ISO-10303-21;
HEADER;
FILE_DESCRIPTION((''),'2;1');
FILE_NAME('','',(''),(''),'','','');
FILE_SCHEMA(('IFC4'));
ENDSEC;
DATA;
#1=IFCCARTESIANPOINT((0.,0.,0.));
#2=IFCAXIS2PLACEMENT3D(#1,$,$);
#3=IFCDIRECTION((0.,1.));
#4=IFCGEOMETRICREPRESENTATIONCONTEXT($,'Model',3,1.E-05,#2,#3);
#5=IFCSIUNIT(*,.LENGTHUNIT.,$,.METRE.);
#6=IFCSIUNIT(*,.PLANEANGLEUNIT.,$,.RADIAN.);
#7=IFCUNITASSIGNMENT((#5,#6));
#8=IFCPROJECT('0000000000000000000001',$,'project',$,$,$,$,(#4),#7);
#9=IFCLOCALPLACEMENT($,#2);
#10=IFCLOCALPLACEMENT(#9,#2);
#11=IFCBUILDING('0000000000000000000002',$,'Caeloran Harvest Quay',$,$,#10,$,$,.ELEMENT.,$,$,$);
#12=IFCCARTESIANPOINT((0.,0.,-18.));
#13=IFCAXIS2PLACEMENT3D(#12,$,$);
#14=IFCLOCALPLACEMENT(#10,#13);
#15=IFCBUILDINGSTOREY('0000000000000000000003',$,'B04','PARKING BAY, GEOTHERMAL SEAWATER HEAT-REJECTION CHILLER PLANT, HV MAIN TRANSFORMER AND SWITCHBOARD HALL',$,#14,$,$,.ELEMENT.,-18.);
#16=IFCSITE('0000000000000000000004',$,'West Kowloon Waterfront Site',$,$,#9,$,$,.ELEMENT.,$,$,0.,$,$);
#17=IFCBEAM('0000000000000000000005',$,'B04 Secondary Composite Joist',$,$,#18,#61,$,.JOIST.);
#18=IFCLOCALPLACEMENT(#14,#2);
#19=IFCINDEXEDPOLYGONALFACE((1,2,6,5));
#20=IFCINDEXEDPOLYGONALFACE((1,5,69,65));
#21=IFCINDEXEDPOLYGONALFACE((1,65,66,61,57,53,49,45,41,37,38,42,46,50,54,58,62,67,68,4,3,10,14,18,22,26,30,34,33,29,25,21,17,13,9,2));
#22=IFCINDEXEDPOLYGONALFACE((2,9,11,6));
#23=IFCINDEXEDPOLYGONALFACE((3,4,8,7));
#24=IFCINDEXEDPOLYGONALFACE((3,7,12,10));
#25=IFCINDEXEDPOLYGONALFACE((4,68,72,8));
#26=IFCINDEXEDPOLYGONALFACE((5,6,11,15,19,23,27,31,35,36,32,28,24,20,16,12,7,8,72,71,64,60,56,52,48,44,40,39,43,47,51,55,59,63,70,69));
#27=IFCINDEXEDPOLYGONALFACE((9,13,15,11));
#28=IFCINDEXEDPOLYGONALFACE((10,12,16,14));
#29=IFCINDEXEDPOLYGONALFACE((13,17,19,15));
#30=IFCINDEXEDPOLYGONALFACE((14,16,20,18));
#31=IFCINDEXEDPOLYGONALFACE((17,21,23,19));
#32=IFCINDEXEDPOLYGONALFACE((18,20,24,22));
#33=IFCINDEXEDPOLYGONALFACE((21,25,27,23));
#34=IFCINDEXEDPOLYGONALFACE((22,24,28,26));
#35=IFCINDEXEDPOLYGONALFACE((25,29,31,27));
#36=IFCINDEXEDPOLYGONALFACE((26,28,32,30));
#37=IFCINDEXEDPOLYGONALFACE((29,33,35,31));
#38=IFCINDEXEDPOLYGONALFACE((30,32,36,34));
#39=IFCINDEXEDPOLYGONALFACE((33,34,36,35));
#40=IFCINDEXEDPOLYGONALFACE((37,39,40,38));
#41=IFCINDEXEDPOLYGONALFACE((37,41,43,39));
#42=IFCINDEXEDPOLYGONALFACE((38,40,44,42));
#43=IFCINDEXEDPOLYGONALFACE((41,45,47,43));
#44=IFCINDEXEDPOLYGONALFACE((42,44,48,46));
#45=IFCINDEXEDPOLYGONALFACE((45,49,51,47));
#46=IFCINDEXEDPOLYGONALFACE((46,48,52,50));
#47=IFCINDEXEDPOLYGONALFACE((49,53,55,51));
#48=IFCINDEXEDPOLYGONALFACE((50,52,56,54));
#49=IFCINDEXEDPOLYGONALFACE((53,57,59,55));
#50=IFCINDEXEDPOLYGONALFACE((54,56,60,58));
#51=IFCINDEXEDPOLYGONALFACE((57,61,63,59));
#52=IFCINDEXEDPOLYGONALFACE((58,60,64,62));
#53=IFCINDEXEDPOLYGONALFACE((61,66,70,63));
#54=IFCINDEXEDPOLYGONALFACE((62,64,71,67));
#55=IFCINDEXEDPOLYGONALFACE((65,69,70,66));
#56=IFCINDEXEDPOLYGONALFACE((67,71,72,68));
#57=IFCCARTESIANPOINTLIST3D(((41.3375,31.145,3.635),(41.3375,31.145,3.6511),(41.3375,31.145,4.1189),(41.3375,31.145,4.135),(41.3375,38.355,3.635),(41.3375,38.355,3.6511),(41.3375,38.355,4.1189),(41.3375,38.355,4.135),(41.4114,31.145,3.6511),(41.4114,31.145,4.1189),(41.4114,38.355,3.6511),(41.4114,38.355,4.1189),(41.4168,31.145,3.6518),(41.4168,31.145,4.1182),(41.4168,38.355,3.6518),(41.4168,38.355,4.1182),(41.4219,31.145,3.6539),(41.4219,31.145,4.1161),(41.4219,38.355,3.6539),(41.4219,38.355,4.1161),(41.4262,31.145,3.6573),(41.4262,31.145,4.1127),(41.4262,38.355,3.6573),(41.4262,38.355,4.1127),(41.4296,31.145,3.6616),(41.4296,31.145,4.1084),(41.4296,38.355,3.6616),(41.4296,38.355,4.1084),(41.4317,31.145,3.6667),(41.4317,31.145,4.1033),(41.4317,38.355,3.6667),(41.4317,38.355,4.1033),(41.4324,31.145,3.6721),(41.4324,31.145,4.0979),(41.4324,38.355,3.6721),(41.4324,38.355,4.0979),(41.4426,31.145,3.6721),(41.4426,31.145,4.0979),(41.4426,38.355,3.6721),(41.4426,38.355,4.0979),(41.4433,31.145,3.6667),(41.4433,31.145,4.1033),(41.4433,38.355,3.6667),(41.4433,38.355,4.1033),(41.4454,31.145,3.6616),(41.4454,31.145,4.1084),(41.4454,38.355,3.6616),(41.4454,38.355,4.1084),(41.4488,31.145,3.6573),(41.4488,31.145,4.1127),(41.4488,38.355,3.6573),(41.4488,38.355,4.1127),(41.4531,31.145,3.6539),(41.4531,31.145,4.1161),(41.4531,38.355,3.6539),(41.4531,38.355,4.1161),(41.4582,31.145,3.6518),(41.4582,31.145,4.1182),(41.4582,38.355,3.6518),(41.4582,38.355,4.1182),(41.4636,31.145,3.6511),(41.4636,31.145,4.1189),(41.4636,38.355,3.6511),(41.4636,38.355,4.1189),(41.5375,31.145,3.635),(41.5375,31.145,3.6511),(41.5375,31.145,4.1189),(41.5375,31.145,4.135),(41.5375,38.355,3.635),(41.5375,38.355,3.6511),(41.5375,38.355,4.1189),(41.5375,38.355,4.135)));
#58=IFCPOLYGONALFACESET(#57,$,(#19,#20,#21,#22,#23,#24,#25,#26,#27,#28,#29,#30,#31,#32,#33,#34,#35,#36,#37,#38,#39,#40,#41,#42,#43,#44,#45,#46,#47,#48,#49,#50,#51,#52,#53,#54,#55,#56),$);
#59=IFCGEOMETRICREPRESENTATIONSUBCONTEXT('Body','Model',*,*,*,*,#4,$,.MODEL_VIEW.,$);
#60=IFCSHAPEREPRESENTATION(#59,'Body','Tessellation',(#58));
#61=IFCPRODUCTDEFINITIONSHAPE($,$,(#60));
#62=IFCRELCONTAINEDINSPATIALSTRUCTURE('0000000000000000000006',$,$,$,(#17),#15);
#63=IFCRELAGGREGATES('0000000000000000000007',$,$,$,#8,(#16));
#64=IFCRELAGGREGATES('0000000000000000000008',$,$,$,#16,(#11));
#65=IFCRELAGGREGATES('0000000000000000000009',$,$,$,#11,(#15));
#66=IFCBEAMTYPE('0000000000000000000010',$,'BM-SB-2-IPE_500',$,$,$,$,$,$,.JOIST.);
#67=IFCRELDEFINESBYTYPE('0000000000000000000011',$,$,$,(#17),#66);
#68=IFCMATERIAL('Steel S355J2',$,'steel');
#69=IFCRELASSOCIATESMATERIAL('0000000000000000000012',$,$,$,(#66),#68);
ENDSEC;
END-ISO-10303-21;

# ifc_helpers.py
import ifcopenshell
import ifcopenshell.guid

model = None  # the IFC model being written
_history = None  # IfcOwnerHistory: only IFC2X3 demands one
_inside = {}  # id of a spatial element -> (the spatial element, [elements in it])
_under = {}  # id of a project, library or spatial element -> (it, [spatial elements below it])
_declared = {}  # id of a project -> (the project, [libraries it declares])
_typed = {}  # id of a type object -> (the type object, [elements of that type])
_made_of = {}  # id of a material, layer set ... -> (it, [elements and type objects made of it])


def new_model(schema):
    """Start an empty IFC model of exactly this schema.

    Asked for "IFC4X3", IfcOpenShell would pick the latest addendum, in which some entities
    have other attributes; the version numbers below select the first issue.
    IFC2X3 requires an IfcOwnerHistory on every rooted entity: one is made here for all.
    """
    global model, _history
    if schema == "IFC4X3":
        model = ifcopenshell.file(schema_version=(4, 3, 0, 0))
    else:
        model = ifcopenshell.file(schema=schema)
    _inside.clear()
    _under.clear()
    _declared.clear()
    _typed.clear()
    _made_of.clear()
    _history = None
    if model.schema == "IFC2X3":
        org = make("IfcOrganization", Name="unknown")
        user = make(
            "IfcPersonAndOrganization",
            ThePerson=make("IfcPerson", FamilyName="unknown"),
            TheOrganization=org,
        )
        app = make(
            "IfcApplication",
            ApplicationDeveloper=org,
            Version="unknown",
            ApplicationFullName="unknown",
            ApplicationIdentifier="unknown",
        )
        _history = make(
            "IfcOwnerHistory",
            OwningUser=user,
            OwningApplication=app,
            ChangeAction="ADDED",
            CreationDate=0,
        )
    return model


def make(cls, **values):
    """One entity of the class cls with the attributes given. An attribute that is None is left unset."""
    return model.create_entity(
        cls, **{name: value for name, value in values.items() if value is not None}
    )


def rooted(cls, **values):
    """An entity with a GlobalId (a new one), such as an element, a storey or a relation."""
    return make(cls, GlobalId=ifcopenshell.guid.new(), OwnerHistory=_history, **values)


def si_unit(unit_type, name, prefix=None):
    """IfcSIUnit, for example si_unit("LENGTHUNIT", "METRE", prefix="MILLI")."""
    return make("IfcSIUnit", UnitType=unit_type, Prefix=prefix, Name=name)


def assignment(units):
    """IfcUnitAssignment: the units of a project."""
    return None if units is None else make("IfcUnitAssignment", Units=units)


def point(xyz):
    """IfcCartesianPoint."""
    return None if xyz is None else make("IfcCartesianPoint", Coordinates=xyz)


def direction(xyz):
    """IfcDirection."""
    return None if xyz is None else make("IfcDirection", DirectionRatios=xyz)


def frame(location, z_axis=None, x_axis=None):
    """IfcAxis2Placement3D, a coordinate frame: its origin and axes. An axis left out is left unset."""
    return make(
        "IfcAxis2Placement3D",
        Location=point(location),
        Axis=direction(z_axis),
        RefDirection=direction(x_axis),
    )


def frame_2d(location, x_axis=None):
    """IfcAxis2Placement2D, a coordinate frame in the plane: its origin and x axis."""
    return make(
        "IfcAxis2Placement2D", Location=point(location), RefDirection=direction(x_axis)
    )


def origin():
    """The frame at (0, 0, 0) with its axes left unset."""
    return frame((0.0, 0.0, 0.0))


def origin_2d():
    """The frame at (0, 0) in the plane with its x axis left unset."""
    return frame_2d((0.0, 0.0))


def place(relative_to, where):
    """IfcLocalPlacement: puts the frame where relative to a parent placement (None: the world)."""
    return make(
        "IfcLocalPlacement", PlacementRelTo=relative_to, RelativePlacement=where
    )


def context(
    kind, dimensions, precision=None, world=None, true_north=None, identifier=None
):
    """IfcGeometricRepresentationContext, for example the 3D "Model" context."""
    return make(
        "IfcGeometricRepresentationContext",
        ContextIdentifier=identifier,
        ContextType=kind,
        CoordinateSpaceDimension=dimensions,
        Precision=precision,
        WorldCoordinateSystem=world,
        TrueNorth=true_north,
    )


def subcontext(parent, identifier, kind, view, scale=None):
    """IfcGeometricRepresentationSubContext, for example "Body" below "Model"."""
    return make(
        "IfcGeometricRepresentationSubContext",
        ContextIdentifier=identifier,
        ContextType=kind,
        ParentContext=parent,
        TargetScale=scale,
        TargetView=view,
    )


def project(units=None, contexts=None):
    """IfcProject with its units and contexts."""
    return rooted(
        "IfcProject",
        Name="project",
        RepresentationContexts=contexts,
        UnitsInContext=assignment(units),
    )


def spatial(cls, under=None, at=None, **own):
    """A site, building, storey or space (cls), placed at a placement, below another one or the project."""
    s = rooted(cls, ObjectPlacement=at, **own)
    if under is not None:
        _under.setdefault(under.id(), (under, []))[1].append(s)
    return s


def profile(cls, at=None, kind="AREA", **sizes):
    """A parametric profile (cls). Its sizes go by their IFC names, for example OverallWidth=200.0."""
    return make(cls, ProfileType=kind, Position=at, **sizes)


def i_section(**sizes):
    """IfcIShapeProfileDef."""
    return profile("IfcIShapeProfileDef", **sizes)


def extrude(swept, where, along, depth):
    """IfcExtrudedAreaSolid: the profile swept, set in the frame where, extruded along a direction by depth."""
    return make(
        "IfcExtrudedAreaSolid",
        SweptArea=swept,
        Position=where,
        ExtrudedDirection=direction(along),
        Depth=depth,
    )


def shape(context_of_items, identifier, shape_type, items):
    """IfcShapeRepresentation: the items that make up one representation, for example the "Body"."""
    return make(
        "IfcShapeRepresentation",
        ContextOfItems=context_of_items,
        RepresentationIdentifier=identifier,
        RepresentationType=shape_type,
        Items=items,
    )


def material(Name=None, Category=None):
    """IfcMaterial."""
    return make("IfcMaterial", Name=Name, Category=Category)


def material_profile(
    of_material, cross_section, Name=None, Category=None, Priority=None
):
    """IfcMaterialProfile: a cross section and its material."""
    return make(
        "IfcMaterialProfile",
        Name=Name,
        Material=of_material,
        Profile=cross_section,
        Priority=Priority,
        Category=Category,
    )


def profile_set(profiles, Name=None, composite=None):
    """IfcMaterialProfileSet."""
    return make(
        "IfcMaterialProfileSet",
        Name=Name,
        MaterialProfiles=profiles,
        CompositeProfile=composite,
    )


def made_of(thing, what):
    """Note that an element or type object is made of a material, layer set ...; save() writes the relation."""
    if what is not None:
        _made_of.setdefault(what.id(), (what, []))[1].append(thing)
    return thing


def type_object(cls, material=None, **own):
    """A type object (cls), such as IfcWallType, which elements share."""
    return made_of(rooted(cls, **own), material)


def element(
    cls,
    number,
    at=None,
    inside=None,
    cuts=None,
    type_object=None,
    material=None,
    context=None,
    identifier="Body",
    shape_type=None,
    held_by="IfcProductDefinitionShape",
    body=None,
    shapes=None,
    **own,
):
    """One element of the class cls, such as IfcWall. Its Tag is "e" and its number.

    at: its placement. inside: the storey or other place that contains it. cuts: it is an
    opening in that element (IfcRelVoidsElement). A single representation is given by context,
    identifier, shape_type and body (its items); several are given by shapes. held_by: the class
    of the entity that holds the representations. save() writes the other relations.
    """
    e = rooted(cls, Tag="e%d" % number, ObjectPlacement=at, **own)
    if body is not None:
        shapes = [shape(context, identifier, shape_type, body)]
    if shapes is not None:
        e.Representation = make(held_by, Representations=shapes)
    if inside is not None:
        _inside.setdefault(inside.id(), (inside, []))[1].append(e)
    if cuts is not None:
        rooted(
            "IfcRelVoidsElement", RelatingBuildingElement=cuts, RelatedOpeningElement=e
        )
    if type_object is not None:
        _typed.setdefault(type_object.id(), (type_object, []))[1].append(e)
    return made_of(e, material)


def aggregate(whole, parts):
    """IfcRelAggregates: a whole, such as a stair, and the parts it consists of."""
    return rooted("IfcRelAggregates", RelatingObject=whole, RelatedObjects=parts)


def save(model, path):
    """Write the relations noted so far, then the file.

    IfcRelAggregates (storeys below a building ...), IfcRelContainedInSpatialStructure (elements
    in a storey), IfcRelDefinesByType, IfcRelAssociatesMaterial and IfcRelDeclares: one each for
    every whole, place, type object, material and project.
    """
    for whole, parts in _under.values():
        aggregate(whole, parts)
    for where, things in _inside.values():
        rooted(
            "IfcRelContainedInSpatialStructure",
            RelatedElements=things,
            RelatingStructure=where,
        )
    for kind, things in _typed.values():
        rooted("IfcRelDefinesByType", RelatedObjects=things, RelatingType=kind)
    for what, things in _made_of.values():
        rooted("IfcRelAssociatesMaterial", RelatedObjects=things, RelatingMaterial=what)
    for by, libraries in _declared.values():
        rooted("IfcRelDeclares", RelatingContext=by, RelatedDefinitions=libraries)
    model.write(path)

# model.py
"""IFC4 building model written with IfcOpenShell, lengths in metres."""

from ifc_helpers import new_model, si_unit, direction, frame, origin, origin_2d, place, context, subcontext, project, spatial, i_section, extrude, material, material_profile, profile_set, type_object, element, save


model = new_model("IFC4")

# Units and contexts
model_context = context("Model", 3, precision=1e-05, world=origin(), true_north=direction((0.0, 1.0)))
body_context = subcontext(model_context, "Body", "Model", "MODEL_VIEW")
ifc_project = project(units=[si_unit("LENGTHUNIT", "METRE"), si_unit("PLANEANGLEUNIT", "RADIAN")], contexts=[model_context])

# Site, building, storey
site_placement = place(None, origin())
site = spatial("IfcSite", under=ifc_project, at=site_placement, Name="West Kowloon Waterfront Site", CompositionType="ELEMENT", RefElevation=0.0)
building_placement = place(site_placement, origin())
building = spatial("IfcBuilding", under=site, at=building_placement, Name="Caeloran Harvest Quay", CompositionType="ELEMENT")
storey_placement = place(building_placement, frame((0.0, 0.0, -18.0)))
storey = spatial("IfcBuildingStorey", under=building, at=storey_placement, Name="B04", Description="PARKING BAY, GEOTHERMAL SEAWATER HEAT-REJECTION CHILLER PLANT, HV MAIN TRANSFORMER AND SWITCHBOARD HALL", CompositionType="ELEMENT", Elevation=-18.0)

# Beam
ifc_material_1 = material(Name="Steel S355J2", Category="steel")
ifc_material_profile_1 = material_profile(ifc_material_1, i_section(OverallWidth=0.2, OverallDepth=0.5, WebThickness=0.0103, FlangeThickness=0.0161, FilletRadius=0.021, at=origin_2d()), Name="IPE 500")
ifc_profile_set_1 = profile_set([ifc_material_profile_1], Name="Steel S355J2")
beam_type_1 = type_object("IfcBeamType", Name="BM-SB-2-IPE_500", PredefinedType="JOIST", material=ifc_profile_set_1)
for number, where, z_axis, x_axis, name in (
    (1, (41.4375, 31.145, 3.885), (0.0, 1.0, 0.0), (-1.0, 0.0, 0.0), "B04 Secondary Composite Joist"),
):
    element("IfcBeam", number, at=place(storey_placement, frame(where, z_axis=z_axis, x_axis=x_axis)), inside=storey, type_object=beam_type_1, Name=name, PredefinedType="JOIST", context=body_context, shape_type="SweptSolid", body=[
        extrude(i_section(OverallWidth=0.2, OverallDepth=0.5, WebThickness=0.0103, FlangeThickness=0.0161, FilletRadius=0.021, at=origin_2d()), origin(), (0.0, 0.0, 1.0), 7.21),
    ])

save(model, "model.ifc")
